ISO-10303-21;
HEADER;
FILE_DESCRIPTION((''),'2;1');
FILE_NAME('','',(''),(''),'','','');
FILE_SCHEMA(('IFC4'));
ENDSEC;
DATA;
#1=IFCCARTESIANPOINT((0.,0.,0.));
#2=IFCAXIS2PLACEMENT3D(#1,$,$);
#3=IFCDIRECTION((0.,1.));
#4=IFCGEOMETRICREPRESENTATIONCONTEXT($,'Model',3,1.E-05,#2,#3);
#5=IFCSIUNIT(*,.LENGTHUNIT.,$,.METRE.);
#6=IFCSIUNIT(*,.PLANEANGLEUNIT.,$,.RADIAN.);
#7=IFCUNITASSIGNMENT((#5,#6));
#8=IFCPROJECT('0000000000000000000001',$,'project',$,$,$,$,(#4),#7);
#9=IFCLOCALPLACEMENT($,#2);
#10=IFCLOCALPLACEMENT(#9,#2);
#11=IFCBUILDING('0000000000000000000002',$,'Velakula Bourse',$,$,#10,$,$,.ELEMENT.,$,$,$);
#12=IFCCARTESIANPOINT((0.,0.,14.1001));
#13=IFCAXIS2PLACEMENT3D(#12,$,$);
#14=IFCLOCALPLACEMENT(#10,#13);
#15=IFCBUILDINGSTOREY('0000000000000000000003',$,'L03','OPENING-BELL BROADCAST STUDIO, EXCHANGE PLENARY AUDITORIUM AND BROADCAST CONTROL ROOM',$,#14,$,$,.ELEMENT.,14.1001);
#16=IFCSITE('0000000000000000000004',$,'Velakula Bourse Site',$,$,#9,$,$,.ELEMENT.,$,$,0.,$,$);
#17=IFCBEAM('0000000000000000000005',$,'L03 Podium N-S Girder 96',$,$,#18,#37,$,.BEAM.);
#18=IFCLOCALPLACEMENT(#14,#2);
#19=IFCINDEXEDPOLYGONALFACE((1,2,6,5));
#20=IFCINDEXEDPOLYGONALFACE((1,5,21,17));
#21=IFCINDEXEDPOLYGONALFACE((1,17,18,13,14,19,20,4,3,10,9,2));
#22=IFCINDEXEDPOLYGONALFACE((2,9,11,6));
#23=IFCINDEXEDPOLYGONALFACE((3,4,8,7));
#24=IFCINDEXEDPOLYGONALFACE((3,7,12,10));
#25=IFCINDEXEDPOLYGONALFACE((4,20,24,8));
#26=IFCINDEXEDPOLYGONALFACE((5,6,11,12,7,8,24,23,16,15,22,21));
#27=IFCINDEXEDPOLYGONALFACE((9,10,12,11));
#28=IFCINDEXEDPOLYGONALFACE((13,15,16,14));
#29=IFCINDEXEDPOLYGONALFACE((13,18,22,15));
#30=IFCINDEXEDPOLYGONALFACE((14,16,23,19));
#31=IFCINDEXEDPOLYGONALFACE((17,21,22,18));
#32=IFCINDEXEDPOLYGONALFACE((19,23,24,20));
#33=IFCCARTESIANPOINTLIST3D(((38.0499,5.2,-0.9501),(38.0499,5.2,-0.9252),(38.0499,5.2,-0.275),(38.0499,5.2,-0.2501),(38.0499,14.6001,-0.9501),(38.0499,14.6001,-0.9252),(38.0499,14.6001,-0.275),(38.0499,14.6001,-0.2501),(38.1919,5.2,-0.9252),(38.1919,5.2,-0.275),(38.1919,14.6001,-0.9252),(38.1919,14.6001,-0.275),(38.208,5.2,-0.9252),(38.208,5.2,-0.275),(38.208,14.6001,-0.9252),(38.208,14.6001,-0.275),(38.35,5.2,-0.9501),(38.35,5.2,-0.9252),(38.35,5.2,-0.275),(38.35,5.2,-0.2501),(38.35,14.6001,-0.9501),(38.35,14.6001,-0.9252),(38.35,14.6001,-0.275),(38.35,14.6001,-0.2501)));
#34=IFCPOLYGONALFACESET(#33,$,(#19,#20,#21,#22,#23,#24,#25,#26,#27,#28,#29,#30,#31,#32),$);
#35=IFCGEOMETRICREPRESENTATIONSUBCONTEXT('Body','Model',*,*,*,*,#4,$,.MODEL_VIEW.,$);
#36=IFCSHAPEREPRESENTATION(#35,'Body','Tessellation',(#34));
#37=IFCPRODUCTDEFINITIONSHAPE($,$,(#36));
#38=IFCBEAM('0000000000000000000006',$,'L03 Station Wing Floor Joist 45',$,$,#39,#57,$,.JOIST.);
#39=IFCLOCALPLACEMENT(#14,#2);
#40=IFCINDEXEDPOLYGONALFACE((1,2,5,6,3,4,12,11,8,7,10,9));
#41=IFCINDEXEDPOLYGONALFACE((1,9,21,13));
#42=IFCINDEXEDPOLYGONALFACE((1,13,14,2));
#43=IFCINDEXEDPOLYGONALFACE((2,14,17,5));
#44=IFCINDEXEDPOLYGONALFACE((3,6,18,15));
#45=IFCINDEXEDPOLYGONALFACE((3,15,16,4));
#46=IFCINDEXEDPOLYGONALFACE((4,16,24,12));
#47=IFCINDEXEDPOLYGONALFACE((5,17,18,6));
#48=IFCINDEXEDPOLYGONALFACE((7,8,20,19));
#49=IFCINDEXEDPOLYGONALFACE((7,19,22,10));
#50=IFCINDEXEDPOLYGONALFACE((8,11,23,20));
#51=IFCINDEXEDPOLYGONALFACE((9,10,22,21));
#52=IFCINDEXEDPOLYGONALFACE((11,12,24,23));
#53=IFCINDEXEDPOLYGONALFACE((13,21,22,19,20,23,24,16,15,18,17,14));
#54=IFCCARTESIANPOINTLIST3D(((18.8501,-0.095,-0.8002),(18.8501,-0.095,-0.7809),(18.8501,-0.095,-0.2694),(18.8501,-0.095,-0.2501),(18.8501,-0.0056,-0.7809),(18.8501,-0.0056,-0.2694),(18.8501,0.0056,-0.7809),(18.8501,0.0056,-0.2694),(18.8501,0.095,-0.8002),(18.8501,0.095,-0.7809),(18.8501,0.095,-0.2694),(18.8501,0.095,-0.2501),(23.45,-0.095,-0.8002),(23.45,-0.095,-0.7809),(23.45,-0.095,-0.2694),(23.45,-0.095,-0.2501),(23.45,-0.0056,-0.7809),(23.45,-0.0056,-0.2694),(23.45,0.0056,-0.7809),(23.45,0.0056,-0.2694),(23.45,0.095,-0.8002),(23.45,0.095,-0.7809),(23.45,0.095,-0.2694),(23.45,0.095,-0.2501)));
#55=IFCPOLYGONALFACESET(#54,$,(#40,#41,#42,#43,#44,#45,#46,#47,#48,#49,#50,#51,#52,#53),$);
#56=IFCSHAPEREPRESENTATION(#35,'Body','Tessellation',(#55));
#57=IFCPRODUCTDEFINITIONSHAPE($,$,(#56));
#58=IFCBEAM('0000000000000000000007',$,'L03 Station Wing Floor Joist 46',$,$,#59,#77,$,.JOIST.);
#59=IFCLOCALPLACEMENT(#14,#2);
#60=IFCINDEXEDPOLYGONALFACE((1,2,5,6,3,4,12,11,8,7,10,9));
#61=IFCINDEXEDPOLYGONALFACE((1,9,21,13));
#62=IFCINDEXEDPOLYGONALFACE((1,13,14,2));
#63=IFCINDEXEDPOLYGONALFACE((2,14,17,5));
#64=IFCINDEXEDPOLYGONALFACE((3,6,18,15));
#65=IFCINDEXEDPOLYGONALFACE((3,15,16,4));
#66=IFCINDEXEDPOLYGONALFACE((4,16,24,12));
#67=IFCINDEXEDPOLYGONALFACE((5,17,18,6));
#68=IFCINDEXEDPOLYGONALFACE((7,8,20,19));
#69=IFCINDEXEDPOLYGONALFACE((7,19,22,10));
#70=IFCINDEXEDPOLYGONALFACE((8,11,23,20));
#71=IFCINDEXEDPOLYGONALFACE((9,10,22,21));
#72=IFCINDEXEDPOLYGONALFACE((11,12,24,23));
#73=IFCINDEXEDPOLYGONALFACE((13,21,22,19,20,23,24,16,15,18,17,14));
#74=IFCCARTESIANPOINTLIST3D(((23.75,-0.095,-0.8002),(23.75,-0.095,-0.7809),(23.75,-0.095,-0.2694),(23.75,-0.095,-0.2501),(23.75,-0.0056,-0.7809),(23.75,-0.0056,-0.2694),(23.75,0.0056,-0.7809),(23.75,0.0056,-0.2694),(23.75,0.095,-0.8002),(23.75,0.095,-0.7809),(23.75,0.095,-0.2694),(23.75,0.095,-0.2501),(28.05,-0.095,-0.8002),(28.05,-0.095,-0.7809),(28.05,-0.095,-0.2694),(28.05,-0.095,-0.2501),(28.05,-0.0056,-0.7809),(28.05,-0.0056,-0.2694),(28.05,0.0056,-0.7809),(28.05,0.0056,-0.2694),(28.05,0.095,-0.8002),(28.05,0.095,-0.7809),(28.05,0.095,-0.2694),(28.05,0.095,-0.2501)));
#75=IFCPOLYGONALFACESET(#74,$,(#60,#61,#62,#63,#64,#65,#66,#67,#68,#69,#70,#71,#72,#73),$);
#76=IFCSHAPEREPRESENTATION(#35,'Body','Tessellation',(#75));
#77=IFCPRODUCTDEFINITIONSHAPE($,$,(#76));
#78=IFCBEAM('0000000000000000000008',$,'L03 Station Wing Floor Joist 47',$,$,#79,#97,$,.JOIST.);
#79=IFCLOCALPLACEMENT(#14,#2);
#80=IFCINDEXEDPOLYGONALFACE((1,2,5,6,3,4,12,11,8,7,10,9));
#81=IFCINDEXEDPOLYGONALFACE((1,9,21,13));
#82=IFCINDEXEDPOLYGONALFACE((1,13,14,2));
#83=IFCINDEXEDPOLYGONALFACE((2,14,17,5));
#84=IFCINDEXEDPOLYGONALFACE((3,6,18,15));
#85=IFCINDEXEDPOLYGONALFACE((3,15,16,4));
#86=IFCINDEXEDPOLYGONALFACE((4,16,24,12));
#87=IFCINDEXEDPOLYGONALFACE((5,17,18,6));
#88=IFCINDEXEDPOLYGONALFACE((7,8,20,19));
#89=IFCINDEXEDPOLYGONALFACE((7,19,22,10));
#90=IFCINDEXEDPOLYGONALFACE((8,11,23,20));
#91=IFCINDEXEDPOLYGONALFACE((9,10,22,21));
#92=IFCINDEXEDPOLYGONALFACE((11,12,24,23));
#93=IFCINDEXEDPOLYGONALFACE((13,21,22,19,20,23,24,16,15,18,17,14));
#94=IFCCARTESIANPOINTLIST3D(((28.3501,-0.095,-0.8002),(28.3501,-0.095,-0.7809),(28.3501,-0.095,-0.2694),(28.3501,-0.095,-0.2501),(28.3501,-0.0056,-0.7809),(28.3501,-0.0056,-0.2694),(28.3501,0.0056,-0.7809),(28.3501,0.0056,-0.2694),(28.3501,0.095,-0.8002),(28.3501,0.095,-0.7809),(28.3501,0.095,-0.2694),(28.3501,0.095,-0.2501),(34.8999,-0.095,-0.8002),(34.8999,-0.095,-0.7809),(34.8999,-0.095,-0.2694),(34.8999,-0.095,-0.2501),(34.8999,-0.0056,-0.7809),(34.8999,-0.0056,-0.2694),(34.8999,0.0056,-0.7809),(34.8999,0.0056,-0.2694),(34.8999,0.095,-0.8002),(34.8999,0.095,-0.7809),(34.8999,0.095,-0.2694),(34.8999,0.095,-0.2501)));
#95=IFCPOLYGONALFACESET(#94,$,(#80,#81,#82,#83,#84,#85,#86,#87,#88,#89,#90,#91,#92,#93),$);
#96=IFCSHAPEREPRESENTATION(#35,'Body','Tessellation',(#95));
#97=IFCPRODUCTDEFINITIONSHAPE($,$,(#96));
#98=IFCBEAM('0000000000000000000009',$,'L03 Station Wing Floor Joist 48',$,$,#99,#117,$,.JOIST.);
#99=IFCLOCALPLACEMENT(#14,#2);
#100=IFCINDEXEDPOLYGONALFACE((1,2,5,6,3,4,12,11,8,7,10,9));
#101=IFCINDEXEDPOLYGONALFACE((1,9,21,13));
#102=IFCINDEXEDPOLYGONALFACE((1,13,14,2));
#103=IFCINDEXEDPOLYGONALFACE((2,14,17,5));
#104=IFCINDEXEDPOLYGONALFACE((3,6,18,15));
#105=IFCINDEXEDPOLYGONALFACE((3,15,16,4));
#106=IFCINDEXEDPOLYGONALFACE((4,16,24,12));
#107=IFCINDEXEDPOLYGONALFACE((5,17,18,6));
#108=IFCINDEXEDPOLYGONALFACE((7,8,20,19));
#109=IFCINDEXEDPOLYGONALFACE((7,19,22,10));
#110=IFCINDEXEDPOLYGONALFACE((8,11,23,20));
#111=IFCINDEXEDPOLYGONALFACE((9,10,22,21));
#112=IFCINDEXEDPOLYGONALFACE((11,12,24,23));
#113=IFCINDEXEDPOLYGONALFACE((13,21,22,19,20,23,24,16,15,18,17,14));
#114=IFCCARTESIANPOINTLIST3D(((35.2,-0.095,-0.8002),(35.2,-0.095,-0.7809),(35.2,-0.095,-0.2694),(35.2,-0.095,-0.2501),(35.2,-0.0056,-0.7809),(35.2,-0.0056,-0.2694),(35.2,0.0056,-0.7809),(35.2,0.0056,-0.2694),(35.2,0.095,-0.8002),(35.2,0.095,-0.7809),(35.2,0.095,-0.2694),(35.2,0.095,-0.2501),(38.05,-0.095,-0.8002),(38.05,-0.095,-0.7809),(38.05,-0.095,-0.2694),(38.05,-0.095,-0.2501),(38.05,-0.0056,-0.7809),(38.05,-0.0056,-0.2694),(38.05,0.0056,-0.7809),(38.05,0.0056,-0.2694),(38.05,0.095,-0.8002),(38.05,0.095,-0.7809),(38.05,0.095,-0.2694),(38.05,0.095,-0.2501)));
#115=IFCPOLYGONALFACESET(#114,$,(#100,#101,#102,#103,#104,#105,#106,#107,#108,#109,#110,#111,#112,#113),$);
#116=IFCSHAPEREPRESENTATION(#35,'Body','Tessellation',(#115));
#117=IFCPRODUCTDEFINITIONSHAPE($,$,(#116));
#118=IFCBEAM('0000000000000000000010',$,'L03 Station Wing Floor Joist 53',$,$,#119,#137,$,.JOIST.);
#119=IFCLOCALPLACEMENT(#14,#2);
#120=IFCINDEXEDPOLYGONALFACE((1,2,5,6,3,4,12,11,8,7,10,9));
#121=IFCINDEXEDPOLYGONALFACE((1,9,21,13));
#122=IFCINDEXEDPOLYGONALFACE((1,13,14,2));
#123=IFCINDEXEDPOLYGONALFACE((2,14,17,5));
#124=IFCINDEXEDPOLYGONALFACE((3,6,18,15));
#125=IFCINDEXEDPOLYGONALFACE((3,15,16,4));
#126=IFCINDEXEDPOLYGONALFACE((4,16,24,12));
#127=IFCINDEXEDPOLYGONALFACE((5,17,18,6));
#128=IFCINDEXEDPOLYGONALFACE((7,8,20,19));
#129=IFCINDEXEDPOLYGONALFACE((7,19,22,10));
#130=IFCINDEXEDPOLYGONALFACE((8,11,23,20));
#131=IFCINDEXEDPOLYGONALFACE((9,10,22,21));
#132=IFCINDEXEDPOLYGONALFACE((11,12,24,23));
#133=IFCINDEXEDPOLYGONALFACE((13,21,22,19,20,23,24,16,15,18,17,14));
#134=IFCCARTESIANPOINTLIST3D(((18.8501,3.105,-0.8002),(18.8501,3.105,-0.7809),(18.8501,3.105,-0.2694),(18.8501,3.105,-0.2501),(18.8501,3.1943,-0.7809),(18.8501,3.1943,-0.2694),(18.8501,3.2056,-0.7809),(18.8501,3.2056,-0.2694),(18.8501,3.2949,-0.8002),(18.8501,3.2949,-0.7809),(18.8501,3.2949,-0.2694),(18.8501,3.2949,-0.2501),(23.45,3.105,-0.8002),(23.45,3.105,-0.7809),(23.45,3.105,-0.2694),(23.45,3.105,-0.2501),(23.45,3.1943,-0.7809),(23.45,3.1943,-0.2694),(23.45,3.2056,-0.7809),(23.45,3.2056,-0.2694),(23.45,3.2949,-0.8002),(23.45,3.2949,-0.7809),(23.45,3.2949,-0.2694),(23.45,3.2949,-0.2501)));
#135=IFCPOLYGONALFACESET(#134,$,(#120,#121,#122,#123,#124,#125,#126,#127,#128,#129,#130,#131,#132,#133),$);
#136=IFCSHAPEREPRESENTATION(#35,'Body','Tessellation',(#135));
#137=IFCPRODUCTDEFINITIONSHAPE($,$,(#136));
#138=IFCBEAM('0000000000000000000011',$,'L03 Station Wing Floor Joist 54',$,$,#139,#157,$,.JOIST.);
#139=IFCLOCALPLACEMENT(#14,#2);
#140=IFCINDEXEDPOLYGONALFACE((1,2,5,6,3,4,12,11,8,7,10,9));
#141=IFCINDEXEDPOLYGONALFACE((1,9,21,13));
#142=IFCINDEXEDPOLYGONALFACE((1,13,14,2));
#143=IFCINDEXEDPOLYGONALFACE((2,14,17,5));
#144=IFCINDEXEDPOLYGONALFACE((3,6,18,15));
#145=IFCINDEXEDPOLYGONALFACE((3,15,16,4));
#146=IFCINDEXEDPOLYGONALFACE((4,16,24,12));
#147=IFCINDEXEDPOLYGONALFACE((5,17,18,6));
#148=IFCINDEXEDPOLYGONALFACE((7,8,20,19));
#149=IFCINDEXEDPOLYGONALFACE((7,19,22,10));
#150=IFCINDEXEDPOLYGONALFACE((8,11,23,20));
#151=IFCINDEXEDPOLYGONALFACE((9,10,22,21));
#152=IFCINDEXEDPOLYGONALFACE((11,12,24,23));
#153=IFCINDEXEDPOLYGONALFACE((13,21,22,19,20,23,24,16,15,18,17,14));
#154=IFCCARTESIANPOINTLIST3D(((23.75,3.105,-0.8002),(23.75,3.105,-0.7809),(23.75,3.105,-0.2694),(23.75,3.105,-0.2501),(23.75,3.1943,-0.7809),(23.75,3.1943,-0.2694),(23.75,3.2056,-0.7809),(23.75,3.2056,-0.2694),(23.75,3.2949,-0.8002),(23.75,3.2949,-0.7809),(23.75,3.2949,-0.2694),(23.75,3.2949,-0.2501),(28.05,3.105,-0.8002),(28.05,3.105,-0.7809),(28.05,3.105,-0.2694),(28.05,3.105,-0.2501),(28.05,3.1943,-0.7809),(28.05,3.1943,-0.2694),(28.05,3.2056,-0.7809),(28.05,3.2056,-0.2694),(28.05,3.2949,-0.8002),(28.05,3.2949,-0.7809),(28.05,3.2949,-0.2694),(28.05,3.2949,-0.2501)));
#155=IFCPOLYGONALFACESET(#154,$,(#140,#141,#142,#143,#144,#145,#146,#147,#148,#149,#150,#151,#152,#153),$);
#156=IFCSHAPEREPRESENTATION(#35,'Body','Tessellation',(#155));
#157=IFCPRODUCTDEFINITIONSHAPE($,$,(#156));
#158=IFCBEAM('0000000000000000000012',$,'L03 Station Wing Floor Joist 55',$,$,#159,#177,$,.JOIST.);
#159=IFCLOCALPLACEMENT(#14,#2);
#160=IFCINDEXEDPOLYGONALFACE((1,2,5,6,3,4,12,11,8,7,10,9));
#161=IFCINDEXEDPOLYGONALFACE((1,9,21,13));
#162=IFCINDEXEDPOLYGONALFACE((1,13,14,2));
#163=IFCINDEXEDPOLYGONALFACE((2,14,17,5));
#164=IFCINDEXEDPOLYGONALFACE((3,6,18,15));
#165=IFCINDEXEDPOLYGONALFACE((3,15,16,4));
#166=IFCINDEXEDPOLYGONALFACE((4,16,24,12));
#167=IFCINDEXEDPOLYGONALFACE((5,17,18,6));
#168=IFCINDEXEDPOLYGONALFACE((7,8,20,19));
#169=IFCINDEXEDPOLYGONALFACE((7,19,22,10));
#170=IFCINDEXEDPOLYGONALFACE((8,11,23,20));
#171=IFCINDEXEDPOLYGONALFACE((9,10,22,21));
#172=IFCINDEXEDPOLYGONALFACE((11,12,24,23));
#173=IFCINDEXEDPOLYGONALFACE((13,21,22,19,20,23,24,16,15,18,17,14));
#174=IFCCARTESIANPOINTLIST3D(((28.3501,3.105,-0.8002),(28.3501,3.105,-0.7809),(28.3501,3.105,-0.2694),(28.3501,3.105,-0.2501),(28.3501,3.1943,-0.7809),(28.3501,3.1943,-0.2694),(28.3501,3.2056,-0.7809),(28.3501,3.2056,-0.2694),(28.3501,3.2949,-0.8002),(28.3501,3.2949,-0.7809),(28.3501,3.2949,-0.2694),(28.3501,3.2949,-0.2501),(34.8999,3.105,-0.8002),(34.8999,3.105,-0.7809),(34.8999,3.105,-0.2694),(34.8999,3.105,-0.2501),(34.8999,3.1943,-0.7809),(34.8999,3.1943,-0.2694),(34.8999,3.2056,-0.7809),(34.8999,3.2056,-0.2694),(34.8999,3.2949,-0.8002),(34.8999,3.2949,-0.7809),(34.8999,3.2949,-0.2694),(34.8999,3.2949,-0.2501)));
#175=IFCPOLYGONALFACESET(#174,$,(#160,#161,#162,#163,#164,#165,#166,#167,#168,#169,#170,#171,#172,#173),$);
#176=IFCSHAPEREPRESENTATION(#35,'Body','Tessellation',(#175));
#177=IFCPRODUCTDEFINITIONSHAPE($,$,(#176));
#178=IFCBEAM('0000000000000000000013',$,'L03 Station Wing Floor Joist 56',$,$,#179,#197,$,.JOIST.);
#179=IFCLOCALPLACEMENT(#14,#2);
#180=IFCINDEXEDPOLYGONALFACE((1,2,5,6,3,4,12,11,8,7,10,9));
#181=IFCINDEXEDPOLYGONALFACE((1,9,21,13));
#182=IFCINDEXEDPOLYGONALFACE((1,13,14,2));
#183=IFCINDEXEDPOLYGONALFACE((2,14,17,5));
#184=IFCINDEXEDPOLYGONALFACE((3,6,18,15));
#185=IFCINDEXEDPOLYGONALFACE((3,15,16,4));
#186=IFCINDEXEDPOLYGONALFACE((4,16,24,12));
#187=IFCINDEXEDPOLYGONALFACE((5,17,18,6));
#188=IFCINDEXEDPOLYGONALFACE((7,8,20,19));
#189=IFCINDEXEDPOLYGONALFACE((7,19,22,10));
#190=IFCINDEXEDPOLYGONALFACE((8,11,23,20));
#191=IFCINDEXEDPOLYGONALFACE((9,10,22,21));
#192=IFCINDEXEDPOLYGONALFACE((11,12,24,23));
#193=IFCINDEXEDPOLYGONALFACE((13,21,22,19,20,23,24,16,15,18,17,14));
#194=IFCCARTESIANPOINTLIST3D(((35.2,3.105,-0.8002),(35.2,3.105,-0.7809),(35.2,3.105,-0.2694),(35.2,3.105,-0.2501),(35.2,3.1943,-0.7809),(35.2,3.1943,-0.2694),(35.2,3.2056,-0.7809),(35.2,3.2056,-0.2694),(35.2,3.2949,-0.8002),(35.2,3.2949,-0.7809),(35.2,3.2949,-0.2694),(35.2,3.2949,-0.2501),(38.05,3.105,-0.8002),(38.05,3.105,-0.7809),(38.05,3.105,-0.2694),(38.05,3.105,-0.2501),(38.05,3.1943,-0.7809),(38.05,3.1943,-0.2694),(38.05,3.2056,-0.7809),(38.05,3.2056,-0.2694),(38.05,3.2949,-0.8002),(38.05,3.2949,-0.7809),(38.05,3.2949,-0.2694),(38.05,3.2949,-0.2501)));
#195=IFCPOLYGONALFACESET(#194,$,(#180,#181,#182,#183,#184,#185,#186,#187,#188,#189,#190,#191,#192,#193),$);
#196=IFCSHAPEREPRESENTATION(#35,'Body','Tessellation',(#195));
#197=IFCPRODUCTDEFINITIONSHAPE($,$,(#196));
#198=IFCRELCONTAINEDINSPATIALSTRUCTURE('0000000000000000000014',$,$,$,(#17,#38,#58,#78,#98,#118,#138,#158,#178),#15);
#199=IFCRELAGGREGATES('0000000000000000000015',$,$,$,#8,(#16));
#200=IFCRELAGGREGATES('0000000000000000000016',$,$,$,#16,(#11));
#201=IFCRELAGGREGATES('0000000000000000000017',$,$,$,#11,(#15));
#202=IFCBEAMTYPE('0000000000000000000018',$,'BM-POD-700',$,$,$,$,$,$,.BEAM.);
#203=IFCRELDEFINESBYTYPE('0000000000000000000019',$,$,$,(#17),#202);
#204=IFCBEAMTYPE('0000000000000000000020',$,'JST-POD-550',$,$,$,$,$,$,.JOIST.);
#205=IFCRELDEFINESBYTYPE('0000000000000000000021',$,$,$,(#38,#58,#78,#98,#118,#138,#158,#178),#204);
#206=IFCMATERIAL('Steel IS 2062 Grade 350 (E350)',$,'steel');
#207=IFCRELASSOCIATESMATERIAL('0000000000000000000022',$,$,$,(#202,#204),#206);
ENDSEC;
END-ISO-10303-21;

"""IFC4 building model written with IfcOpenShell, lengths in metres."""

from ifc_helpers import new_model, si_unit, direction, frame, origin, origin_2d, place, context, subcontext, project, spatial, i_section, extrude, material, material_profile, profile_set, type_object, element, save


model = new_model("IFC4")

# Units and contexts
model_context = context("Model", 3, precision=1e-05, world=origin(), true_north=direction((0.0, 1.0)))
body_context = subcontext(model_context, "Body", "Model", "MODEL_VIEW")
ifc_project = project(units=[si_unit("LENGTHUNIT", "METRE"), si_unit("PLANEANGLEUNIT", "RADIAN")], contexts=[model_context])

# Site, building, storey
site_placement = place(None, origin())
site = spatial("IfcSite", under=ifc_project, at=site_placement, Name="Velakula Bourse Site", CompositionType="ELEMENT", RefElevation=0.0)
building_placement = place(site_placement, origin())
building = spatial("IfcBuilding", under=site, at=building_placement, Name="Velakula Bourse", CompositionType="ELEMENT")
storey_placement = place(building_placement, frame((0.0, 0.0, 14.1001)))
storey = spatial("IfcBuildingStorey", under=building, at=storey_placement, Name="L03", Description="OPENING-BELL BROADCAST STUDIO, EXCHANGE PLENARY AUDITORIUM AND BROADCAST CONTROL ROOM", CompositionType="ELEMENT", Elevation=14.1001)

# Beams
ifc_material_1 = material(Name="Steel IS 2062 Grade 350 (E350)", Category="steel")
ifc_material_profile_1 = material_profile(ifc_material_1, i_section(OverallWidth=0.3, OverallDepth=0.7, WebThickness=0.0161, FlangeThickness=0.0249, at=origin_2d()), Name="Steel IS 2062 Grade 350 (E350)")
ifc_profile_set_1 = profile_set([ifc_material_profile_1], Name="Steel IS 2062 Grade 350 (E350)")
beam_type_1 = type_object("IfcBeamType", Name="BM-POD-700", PredefinedType="BEAM", material=ifc_profile_set_1)
beam_1_placement = place(storey_placement, frame((38.2, 5.2, -0.6001), z_axis=(0.0, 1.0, 0.0), x_axis=(-1.0, 0.0, 0.0)))
element("IfcBeam", 1, at=beam_1_placement, inside=storey, type_object=beam_type_1, Name="L03 Podium N-S Girder 96", PredefinedType="BEAM", context=body_context, shape_type="SweptSolid", body=[
    extrude(i_section(OverallWidth=0.3, OverallDepth=0.7, WebThickness=0.0161, FlangeThickness=0.0249, at=origin_2d()), origin(), (0.0, 0.0, 1.0), 9.4001),
])
ifc_material_profile_2 = material_profile(ifc_material_1, i_section(OverallWidth=0.1899, OverallDepth=0.55, WebThickness=0.0112, FlangeThickness=0.0193, at=origin_2d()), Name="Steel IS 2062 Grade 350 (E350)")
ifc_profile_set_2 = profile_set([ifc_material_profile_2], Name="Steel IS 2062 Grade 350 (E350)")
beam_type_2 = type_object("IfcBeamType", Name="JST-POD-550", PredefinedType="JOIST", material=ifc_profile_set_2)
beam_2_placement = place(storey_placement, frame((18.8501, 0.0, -0.5251), z_axis=(1.0, 0.0, 0.0), x_axis=(0.0, 1.0, 0.0)))
element("IfcBeam", 2, at=beam_2_placement, inside=storey, type_object=beam_type_2, Name="L03 Station Wing Floor Joist 45", PredefinedType="JOIST", context=body_context, shape_type="SweptSolid", body=[
    extrude(i_section(OverallWidth=0.1899, OverallDepth=0.55, WebThickness=0.0112, FlangeThickness=0.0193, at=origin_2d()), origin(), (0.0, 0.0, 1.0), 4.5999),
])
beam_3_placement = place(storey_placement, frame((23.75, 0.0, -0.5251), z_axis=(1.0, 0.0, 0.0), x_axis=(0.0, 1.0, 0.0)))
element("IfcBeam", 3, at=beam_3_placement, inside=storey, type_object=beam_type_2, Name="L03 Station Wing Floor Joist 46", PredefinedType="JOIST", context=body_context, shape_type="SweptSolid", body=[
    extrude(i_section(OverallWidth=0.1899, OverallDepth=0.55, WebThickness=0.0112, FlangeThickness=0.0193, at=origin_2d()), origin(), (0.0, 0.0, 1.0), 4.3),
])
beam_4_placement = place(storey_placement, frame((28.3501, 0.0, -0.5251), z_axis=(1.0, 0.0, 0.0), x_axis=(0.0, 1.0, 0.0)))
element("IfcBeam", 4, at=beam_4_placement, inside=storey, type_object=beam_type_2, Name="L03 Station Wing Floor Joist 47", PredefinedType="JOIST", context=body_context, shape_type="SweptSolid", body=[
    extrude(i_section(OverallWidth=0.1899, OverallDepth=0.55, WebThickness=0.0112, FlangeThickness=0.0193, at=origin_2d()), origin(), (0.0, 0.0, 1.0), 6.5498),
])
beam_5_placement = place(storey_placement, frame((35.2, 0.0, -0.5251), z_axis=(1.0, 0.0, 0.0), x_axis=(0.0, 1.0, 0.0)))
element("IfcBeam", 5, at=beam_5_placement, inside=storey, type_object=beam_type_2, Name="L03 Station Wing Floor Joist 48", PredefinedType="JOIST", context=body_context, shape_type="SweptSolid", body=[
    extrude(i_section(OverallWidth=0.1899, OverallDepth=0.55, WebThickness=0.0112, FlangeThickness=0.0193, at=origin_2d()), origin(), (0.0, 0.0, 1.0), 2.8501),
])
beam_6_placement = place(storey_placement, frame((18.8501, 3.2, -0.5251), z_axis=(1.0, 0.0, 0.0), x_axis=(0.0, 1.0, 0.0)))
element("IfcBeam", 6, at=beam_6_placement, inside=storey, type_object=beam_type_2, Name="L03 Station Wing Floor Joist 53", PredefinedType="JOIST", context=body_context, shape_type="SweptSolid", body=[
    extrude(i_section(OverallWidth=0.1899, OverallDepth=0.55, WebThickness=0.0112, FlangeThickness=0.0193, at=origin_2d()), origin(), (0.0, 0.0, 1.0), 4.5999),
])
beam_7_placement = place(storey_placement, frame((23.75, 3.2, -0.5251), z_axis=(1.0, 0.0, 0.0), x_axis=(0.0, 1.0, 0.0)))
element("IfcBeam", 7, at=beam_7_placement, inside=storey, type_object=beam_type_2, Name="L03 Station Wing Floor Joist 54", PredefinedType="JOIST", context=body_context, shape_type="SweptSolid", body=[
    extrude(i_section(OverallWidth=0.1899, OverallDepth=0.55, WebThickness=0.0112, FlangeThickness=0.0193, at=origin_2d()), origin(), (0.0, 0.0, 1.0), 4.3),
])
beam_8_placement = place(storey_placement, frame((28.3501, 3.2, -0.5251), z_axis=(1.0, 0.0, 0.0), x_axis=(0.0, 1.0, 0.0)))
element("IfcBeam", 8, at=beam_8_placement, inside=storey, type_object=beam_type_2, Name="L03 Station Wing Floor Joist 55", PredefinedType="JOIST", context=body_context, shape_type="SweptSolid", body=[
    extrude(i_section(OverallWidth=0.1899, OverallDepth=0.55, WebThickness=0.0112, FlangeThickness=0.0193, at=origin_2d()), origin(), (0.0, 0.0, 1.0), 6.5498),
])
beam_9_placement = place(storey_placement, frame((35.2, 3.2, -0.5251), z_axis=(1.0, 0.0, 0.0), x_axis=(0.0, 1.0, 0.0)))
element("IfcBeam", 9, at=beam_9_placement, inside=storey, type_object=beam_type_2, Name="L03 Station Wing Floor Joist 56", PredefinedType="JOIST", context=body_context, shape_type="SweptSolid", body=[
    extrude(i_section(OverallWidth=0.1899, OverallDepth=0.55, WebThickness=0.0112, FlangeThickness=0.0193, at=origin_2d()), origin(), (0.0, 0.0, 1.0), 2.8501),
])

save(model, "model.ifc")
